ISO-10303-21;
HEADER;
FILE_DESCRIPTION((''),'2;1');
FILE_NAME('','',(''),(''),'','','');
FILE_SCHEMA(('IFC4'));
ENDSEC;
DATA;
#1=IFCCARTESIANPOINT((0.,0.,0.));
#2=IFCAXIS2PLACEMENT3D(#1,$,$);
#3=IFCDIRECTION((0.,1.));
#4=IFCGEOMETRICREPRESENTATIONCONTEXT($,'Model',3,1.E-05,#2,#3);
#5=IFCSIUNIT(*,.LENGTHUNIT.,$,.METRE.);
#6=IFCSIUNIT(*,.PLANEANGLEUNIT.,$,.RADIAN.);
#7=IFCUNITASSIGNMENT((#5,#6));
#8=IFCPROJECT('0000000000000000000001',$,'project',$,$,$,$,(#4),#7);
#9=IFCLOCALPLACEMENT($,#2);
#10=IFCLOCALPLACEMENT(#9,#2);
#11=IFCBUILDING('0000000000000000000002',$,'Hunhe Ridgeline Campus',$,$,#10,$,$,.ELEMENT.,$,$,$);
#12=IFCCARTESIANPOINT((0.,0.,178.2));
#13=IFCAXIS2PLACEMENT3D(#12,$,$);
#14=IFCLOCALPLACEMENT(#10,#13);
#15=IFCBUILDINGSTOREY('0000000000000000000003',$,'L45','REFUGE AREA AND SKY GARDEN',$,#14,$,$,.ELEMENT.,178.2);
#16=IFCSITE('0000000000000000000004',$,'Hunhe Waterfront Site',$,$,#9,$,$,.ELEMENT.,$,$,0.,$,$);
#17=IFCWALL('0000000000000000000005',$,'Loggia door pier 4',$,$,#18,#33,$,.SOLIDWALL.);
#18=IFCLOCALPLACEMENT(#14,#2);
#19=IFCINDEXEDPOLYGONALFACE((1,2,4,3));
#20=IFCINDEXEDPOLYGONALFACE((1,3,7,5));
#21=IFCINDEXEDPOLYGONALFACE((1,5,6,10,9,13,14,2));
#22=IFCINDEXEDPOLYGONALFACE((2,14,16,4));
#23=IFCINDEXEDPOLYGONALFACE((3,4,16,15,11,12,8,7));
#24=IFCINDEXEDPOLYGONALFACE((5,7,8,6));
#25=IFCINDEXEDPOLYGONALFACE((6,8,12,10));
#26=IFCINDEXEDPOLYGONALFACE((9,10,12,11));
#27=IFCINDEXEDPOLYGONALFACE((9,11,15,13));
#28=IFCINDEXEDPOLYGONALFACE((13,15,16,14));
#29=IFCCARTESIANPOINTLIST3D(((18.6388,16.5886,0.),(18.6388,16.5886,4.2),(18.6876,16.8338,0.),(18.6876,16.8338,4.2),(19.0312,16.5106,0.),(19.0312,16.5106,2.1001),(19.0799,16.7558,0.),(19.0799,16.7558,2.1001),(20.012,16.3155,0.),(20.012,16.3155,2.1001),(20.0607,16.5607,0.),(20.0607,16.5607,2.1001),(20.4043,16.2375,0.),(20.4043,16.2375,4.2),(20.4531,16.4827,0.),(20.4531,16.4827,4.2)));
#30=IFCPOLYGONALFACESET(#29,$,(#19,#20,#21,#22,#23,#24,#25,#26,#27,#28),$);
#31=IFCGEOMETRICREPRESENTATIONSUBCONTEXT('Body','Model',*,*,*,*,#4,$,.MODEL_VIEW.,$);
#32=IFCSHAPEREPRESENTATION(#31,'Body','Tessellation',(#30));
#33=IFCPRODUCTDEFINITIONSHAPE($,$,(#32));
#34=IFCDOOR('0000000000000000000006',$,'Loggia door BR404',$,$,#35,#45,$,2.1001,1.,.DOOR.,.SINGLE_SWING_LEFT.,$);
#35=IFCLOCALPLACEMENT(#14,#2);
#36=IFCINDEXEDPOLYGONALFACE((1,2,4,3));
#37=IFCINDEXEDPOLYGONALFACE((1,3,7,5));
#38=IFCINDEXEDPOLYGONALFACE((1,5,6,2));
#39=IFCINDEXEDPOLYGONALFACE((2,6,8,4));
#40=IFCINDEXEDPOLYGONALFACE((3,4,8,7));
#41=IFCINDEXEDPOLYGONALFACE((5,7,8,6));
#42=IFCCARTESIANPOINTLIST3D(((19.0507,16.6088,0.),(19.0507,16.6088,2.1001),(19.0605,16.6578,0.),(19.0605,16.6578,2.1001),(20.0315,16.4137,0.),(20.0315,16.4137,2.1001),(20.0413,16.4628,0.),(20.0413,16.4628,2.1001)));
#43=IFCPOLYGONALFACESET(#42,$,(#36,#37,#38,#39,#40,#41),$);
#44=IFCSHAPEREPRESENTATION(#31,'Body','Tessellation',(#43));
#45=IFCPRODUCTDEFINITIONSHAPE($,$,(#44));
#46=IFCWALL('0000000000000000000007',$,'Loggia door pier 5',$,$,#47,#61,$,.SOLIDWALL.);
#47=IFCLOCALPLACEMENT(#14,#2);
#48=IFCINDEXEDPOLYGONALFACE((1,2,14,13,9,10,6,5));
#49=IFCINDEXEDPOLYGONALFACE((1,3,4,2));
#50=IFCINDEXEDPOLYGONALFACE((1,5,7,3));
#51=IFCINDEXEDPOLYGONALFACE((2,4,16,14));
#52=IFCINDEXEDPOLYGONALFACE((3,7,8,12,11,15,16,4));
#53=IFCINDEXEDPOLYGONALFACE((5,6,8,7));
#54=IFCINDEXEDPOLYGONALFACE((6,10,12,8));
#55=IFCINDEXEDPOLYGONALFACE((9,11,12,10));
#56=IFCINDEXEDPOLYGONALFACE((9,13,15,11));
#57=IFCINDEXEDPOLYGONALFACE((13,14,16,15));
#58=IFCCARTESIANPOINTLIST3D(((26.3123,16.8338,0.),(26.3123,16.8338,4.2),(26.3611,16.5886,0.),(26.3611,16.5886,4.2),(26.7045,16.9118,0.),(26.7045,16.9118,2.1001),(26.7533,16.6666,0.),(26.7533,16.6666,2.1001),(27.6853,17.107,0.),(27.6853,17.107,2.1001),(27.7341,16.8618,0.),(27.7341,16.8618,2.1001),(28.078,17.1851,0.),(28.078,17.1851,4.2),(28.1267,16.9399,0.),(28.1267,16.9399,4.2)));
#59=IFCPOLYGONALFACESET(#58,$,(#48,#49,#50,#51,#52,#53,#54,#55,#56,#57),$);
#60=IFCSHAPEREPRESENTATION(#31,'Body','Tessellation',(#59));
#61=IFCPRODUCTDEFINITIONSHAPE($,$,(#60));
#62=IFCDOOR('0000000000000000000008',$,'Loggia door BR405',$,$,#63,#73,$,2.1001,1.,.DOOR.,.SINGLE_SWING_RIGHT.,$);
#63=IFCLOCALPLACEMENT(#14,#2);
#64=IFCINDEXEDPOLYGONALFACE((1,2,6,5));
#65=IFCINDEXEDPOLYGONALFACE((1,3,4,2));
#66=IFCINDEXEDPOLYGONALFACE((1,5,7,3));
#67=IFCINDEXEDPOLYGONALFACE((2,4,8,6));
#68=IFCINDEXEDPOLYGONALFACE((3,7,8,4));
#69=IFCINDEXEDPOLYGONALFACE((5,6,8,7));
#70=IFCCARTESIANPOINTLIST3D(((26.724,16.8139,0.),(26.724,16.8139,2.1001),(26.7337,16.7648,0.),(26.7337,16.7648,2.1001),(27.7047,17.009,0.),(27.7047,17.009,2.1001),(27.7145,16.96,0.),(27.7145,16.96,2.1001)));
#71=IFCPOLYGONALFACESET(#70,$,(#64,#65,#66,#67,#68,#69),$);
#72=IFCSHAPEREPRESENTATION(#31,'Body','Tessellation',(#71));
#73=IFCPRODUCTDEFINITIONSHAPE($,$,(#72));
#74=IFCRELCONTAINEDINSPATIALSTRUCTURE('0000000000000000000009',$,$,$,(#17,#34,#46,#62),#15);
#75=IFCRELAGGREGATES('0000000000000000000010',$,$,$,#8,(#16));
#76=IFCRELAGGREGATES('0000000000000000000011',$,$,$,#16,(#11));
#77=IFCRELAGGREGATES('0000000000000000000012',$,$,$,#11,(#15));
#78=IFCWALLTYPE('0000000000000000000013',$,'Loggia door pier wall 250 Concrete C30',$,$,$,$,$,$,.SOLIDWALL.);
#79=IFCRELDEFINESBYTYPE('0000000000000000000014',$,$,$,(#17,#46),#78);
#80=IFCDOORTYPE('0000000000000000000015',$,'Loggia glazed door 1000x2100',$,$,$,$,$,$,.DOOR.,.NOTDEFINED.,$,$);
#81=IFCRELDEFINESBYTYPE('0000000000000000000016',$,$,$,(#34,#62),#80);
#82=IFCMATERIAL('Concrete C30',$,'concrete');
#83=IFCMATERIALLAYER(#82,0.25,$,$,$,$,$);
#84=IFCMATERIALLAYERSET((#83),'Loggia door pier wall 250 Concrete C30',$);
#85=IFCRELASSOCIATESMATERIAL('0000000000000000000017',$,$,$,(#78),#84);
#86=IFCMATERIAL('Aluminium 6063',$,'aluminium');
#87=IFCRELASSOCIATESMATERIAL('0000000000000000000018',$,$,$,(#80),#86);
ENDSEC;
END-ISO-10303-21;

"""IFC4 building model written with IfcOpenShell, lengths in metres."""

from ifc_helpers import new_model, si_unit, direction, frame, frame_2d, origin, place, context, subcontext, project, spatial, rectangle, extrude, material, layer, layer_set, type_object, element, fill, save


model = new_model("IFC4")

# Units and contexts
model_context = context("Model", 3, precision=1e-05, world=origin(), true_north=direction((0.0, 1.0)))
body_context = subcontext(model_context, "Body", "Model", "MODEL_VIEW")
ifc_project = project(units=[si_unit("LENGTHUNIT", "METRE"), si_unit("PLANEANGLEUNIT", "RADIAN")], contexts=[model_context])

# Site, building, storey
site_placement = place(None, origin())
site = spatial("IfcSite", under=ifc_project, at=site_placement, Name="Hunhe Waterfront Site", CompositionType="ELEMENT", RefElevation=0.0)
building_placement = place(site_placement, origin())
building = spatial("IfcBuilding", under=site, at=building_placement, Name="Hunhe Ridgeline Campus", CompositionType="ELEMENT")
storey_placement = place(building_placement, frame((0.0, 0.0, 178.2)))
storey = spatial("IfcBuildingStorey", under=building, at=storey_placement, Name="L45", Description="REFUGE AREA AND SKY GARDEN", CompositionType="ELEMENT", Elevation=178.2)

# Shared definitions
ifc_material_1 = material(Name="Aluminium 6063", Category="aluminium")

# Walls, openings, doors
ifc_material_2 = material(Name="Concrete C30", Category="concrete")
ifc_layer_1 = layer(ifc_material_2, 0.25)
ifc_layer_set_1 = layer_set([ifc_layer_1], Name="Loggia door pier wall 250 Concrete C30")
wall_type_1 = type_object("IfcWallType", Name="Loggia door pier wall 250 Concrete C30", PredefinedType="SOLIDWALL", material=ifc_layer_set_1)
wall_1_placement = place(storey_placement, frame((18.6633, 16.7112, 0.0), z_axis=(0.0, 0.0, 1.0), x_axis=(0.980794, -0.195047, 0.0)))
wall_1 = element("IfcWall", 1, at=wall_1_placement, inside=storey, type_object=wall_type_1, Name="Loggia door pier 4", PredefinedType="SOLIDWALL", context=body_context, shape_type="SweptSolid", body=[
    extrude(rectangle(XDim=1.8, YDim=0.25, at=frame_2d((0.8999, 0.0))), origin(), (0.0, 0.0, 1.0), 4.2),
])
opening_1_placement = place(wall_1_placement, frame((0.3999, 0.0, 0.0)))
opening_1 = element("IfcOpeningElement", 2, at=opening_1_placement, cuts=wall_1, PredefinedType="OPENING", context=body_context, shape_type="SweptSolid", body=[
    extrude(rectangle(XDim=1.0, YDim=2.1001, at=frame_2d((0.5, 1.05))), frame((0.0, 0.125, 0.0), z_axis=(0.0, -1.0, 0.0), x_axis=(1.0, 0.0, 0.0)), (0.0, 0.0, 1.0), 0.25),
])
door_type = type_object("IfcDoorType", Name="Loggia glazed door 1000x2100", OperationType="NOTDEFINED", PredefinedType="DOOR", material=ifc_material_1)
door_1_placement = place(opening_1_placement, frame((1.0, 0.0, 0.0), z_axis=(0.0, 0.0, 1.0), x_axis=(-1.0, 0.0, 0.0)))
door_1 = element("IfcDoor", 3, at=door_1_placement, inside=storey, type_object=door_type, Name="Loggia door BR404", OperationType="SINGLE_SWING_LEFT", OverallHeight=2.1001, OverallWidth=1.0, PredefinedType="DOOR", context=body_context, shape_type="SweptSolid", body=[
    extrude(rectangle(XDim=1.0, YDim=2.1001, at=frame_2d((0.5, 1.05))), frame((0.0, 0.0249, 0.0), z_axis=(0.0, -1.0, 0.0), x_axis=(1.0, 0.0, 0.0)), (0.0, 0.0, 1.0), 0.05),
])
fill(opening_1, door_1)
wall_2_placement = place(storey_placement, frame((26.3367, 16.7112, 0.0), z_axis=(0.0, 0.0, 1.0), x_axis=(0.980773, 0.195151, 0.0)))
wall_2 = element("IfcWall", 4, at=wall_2_placement, inside=storey, type_object=wall_type_1, Name="Loggia door pier 5", PredefinedType="SOLIDWALL", context=body_context, shape_type="SweptSolid", body=[
    extrude(rectangle(XDim=1.8003, YDim=0.25, at=frame_2d((0.9001, 0.0))), origin(), (0.0, 0.0, 1.0), 4.2),
])
opening_2_placement = place(wall_2_placement, frame((0.3999, 0.0, 0.0)))
opening_2 = element("IfcOpeningElement", 5, at=opening_2_placement, cuts=wall_2, PredefinedType="OPENING", context=body_context, shape_type="SweptSolid", body=[
    extrude(rectangle(XDim=1.0, YDim=2.1001, at=frame_2d((0.5, 1.05))), frame((0.0, 0.125, 0.0), z_axis=(0.0, -1.0, 0.0), x_axis=(1.0, 0.0, 0.0)), (0.0, 0.0, 1.0), 0.25),
])
door_2_placement = place(opening_2_placement, frame((1.0, 0.0, 0.0), z_axis=(0.0, 0.0, 1.0), x_axis=(-1.0, 0.0, 0.0)))
door_2 = element("IfcDoor", 6, at=door_2_placement, inside=storey, type_object=door_type, Name="Loggia door BR405", OperationType="SINGLE_SWING_RIGHT", OverallHeight=2.1001, OverallWidth=1.0, PredefinedType="DOOR", context=body_context, shape_type="SweptSolid", body=[
    extrude(rectangle(XDim=1.0, YDim=2.1001, at=frame_2d((0.5, 1.05))), frame((0.0, 0.0249, 0.0), z_axis=(0.0, -1.0, 0.0), x_axis=(1.0, 0.0, 0.0)), (0.0, 0.0, 1.0), 0.05),
])
fill(opening_2, door_2)

save(model, "model.ifc")
